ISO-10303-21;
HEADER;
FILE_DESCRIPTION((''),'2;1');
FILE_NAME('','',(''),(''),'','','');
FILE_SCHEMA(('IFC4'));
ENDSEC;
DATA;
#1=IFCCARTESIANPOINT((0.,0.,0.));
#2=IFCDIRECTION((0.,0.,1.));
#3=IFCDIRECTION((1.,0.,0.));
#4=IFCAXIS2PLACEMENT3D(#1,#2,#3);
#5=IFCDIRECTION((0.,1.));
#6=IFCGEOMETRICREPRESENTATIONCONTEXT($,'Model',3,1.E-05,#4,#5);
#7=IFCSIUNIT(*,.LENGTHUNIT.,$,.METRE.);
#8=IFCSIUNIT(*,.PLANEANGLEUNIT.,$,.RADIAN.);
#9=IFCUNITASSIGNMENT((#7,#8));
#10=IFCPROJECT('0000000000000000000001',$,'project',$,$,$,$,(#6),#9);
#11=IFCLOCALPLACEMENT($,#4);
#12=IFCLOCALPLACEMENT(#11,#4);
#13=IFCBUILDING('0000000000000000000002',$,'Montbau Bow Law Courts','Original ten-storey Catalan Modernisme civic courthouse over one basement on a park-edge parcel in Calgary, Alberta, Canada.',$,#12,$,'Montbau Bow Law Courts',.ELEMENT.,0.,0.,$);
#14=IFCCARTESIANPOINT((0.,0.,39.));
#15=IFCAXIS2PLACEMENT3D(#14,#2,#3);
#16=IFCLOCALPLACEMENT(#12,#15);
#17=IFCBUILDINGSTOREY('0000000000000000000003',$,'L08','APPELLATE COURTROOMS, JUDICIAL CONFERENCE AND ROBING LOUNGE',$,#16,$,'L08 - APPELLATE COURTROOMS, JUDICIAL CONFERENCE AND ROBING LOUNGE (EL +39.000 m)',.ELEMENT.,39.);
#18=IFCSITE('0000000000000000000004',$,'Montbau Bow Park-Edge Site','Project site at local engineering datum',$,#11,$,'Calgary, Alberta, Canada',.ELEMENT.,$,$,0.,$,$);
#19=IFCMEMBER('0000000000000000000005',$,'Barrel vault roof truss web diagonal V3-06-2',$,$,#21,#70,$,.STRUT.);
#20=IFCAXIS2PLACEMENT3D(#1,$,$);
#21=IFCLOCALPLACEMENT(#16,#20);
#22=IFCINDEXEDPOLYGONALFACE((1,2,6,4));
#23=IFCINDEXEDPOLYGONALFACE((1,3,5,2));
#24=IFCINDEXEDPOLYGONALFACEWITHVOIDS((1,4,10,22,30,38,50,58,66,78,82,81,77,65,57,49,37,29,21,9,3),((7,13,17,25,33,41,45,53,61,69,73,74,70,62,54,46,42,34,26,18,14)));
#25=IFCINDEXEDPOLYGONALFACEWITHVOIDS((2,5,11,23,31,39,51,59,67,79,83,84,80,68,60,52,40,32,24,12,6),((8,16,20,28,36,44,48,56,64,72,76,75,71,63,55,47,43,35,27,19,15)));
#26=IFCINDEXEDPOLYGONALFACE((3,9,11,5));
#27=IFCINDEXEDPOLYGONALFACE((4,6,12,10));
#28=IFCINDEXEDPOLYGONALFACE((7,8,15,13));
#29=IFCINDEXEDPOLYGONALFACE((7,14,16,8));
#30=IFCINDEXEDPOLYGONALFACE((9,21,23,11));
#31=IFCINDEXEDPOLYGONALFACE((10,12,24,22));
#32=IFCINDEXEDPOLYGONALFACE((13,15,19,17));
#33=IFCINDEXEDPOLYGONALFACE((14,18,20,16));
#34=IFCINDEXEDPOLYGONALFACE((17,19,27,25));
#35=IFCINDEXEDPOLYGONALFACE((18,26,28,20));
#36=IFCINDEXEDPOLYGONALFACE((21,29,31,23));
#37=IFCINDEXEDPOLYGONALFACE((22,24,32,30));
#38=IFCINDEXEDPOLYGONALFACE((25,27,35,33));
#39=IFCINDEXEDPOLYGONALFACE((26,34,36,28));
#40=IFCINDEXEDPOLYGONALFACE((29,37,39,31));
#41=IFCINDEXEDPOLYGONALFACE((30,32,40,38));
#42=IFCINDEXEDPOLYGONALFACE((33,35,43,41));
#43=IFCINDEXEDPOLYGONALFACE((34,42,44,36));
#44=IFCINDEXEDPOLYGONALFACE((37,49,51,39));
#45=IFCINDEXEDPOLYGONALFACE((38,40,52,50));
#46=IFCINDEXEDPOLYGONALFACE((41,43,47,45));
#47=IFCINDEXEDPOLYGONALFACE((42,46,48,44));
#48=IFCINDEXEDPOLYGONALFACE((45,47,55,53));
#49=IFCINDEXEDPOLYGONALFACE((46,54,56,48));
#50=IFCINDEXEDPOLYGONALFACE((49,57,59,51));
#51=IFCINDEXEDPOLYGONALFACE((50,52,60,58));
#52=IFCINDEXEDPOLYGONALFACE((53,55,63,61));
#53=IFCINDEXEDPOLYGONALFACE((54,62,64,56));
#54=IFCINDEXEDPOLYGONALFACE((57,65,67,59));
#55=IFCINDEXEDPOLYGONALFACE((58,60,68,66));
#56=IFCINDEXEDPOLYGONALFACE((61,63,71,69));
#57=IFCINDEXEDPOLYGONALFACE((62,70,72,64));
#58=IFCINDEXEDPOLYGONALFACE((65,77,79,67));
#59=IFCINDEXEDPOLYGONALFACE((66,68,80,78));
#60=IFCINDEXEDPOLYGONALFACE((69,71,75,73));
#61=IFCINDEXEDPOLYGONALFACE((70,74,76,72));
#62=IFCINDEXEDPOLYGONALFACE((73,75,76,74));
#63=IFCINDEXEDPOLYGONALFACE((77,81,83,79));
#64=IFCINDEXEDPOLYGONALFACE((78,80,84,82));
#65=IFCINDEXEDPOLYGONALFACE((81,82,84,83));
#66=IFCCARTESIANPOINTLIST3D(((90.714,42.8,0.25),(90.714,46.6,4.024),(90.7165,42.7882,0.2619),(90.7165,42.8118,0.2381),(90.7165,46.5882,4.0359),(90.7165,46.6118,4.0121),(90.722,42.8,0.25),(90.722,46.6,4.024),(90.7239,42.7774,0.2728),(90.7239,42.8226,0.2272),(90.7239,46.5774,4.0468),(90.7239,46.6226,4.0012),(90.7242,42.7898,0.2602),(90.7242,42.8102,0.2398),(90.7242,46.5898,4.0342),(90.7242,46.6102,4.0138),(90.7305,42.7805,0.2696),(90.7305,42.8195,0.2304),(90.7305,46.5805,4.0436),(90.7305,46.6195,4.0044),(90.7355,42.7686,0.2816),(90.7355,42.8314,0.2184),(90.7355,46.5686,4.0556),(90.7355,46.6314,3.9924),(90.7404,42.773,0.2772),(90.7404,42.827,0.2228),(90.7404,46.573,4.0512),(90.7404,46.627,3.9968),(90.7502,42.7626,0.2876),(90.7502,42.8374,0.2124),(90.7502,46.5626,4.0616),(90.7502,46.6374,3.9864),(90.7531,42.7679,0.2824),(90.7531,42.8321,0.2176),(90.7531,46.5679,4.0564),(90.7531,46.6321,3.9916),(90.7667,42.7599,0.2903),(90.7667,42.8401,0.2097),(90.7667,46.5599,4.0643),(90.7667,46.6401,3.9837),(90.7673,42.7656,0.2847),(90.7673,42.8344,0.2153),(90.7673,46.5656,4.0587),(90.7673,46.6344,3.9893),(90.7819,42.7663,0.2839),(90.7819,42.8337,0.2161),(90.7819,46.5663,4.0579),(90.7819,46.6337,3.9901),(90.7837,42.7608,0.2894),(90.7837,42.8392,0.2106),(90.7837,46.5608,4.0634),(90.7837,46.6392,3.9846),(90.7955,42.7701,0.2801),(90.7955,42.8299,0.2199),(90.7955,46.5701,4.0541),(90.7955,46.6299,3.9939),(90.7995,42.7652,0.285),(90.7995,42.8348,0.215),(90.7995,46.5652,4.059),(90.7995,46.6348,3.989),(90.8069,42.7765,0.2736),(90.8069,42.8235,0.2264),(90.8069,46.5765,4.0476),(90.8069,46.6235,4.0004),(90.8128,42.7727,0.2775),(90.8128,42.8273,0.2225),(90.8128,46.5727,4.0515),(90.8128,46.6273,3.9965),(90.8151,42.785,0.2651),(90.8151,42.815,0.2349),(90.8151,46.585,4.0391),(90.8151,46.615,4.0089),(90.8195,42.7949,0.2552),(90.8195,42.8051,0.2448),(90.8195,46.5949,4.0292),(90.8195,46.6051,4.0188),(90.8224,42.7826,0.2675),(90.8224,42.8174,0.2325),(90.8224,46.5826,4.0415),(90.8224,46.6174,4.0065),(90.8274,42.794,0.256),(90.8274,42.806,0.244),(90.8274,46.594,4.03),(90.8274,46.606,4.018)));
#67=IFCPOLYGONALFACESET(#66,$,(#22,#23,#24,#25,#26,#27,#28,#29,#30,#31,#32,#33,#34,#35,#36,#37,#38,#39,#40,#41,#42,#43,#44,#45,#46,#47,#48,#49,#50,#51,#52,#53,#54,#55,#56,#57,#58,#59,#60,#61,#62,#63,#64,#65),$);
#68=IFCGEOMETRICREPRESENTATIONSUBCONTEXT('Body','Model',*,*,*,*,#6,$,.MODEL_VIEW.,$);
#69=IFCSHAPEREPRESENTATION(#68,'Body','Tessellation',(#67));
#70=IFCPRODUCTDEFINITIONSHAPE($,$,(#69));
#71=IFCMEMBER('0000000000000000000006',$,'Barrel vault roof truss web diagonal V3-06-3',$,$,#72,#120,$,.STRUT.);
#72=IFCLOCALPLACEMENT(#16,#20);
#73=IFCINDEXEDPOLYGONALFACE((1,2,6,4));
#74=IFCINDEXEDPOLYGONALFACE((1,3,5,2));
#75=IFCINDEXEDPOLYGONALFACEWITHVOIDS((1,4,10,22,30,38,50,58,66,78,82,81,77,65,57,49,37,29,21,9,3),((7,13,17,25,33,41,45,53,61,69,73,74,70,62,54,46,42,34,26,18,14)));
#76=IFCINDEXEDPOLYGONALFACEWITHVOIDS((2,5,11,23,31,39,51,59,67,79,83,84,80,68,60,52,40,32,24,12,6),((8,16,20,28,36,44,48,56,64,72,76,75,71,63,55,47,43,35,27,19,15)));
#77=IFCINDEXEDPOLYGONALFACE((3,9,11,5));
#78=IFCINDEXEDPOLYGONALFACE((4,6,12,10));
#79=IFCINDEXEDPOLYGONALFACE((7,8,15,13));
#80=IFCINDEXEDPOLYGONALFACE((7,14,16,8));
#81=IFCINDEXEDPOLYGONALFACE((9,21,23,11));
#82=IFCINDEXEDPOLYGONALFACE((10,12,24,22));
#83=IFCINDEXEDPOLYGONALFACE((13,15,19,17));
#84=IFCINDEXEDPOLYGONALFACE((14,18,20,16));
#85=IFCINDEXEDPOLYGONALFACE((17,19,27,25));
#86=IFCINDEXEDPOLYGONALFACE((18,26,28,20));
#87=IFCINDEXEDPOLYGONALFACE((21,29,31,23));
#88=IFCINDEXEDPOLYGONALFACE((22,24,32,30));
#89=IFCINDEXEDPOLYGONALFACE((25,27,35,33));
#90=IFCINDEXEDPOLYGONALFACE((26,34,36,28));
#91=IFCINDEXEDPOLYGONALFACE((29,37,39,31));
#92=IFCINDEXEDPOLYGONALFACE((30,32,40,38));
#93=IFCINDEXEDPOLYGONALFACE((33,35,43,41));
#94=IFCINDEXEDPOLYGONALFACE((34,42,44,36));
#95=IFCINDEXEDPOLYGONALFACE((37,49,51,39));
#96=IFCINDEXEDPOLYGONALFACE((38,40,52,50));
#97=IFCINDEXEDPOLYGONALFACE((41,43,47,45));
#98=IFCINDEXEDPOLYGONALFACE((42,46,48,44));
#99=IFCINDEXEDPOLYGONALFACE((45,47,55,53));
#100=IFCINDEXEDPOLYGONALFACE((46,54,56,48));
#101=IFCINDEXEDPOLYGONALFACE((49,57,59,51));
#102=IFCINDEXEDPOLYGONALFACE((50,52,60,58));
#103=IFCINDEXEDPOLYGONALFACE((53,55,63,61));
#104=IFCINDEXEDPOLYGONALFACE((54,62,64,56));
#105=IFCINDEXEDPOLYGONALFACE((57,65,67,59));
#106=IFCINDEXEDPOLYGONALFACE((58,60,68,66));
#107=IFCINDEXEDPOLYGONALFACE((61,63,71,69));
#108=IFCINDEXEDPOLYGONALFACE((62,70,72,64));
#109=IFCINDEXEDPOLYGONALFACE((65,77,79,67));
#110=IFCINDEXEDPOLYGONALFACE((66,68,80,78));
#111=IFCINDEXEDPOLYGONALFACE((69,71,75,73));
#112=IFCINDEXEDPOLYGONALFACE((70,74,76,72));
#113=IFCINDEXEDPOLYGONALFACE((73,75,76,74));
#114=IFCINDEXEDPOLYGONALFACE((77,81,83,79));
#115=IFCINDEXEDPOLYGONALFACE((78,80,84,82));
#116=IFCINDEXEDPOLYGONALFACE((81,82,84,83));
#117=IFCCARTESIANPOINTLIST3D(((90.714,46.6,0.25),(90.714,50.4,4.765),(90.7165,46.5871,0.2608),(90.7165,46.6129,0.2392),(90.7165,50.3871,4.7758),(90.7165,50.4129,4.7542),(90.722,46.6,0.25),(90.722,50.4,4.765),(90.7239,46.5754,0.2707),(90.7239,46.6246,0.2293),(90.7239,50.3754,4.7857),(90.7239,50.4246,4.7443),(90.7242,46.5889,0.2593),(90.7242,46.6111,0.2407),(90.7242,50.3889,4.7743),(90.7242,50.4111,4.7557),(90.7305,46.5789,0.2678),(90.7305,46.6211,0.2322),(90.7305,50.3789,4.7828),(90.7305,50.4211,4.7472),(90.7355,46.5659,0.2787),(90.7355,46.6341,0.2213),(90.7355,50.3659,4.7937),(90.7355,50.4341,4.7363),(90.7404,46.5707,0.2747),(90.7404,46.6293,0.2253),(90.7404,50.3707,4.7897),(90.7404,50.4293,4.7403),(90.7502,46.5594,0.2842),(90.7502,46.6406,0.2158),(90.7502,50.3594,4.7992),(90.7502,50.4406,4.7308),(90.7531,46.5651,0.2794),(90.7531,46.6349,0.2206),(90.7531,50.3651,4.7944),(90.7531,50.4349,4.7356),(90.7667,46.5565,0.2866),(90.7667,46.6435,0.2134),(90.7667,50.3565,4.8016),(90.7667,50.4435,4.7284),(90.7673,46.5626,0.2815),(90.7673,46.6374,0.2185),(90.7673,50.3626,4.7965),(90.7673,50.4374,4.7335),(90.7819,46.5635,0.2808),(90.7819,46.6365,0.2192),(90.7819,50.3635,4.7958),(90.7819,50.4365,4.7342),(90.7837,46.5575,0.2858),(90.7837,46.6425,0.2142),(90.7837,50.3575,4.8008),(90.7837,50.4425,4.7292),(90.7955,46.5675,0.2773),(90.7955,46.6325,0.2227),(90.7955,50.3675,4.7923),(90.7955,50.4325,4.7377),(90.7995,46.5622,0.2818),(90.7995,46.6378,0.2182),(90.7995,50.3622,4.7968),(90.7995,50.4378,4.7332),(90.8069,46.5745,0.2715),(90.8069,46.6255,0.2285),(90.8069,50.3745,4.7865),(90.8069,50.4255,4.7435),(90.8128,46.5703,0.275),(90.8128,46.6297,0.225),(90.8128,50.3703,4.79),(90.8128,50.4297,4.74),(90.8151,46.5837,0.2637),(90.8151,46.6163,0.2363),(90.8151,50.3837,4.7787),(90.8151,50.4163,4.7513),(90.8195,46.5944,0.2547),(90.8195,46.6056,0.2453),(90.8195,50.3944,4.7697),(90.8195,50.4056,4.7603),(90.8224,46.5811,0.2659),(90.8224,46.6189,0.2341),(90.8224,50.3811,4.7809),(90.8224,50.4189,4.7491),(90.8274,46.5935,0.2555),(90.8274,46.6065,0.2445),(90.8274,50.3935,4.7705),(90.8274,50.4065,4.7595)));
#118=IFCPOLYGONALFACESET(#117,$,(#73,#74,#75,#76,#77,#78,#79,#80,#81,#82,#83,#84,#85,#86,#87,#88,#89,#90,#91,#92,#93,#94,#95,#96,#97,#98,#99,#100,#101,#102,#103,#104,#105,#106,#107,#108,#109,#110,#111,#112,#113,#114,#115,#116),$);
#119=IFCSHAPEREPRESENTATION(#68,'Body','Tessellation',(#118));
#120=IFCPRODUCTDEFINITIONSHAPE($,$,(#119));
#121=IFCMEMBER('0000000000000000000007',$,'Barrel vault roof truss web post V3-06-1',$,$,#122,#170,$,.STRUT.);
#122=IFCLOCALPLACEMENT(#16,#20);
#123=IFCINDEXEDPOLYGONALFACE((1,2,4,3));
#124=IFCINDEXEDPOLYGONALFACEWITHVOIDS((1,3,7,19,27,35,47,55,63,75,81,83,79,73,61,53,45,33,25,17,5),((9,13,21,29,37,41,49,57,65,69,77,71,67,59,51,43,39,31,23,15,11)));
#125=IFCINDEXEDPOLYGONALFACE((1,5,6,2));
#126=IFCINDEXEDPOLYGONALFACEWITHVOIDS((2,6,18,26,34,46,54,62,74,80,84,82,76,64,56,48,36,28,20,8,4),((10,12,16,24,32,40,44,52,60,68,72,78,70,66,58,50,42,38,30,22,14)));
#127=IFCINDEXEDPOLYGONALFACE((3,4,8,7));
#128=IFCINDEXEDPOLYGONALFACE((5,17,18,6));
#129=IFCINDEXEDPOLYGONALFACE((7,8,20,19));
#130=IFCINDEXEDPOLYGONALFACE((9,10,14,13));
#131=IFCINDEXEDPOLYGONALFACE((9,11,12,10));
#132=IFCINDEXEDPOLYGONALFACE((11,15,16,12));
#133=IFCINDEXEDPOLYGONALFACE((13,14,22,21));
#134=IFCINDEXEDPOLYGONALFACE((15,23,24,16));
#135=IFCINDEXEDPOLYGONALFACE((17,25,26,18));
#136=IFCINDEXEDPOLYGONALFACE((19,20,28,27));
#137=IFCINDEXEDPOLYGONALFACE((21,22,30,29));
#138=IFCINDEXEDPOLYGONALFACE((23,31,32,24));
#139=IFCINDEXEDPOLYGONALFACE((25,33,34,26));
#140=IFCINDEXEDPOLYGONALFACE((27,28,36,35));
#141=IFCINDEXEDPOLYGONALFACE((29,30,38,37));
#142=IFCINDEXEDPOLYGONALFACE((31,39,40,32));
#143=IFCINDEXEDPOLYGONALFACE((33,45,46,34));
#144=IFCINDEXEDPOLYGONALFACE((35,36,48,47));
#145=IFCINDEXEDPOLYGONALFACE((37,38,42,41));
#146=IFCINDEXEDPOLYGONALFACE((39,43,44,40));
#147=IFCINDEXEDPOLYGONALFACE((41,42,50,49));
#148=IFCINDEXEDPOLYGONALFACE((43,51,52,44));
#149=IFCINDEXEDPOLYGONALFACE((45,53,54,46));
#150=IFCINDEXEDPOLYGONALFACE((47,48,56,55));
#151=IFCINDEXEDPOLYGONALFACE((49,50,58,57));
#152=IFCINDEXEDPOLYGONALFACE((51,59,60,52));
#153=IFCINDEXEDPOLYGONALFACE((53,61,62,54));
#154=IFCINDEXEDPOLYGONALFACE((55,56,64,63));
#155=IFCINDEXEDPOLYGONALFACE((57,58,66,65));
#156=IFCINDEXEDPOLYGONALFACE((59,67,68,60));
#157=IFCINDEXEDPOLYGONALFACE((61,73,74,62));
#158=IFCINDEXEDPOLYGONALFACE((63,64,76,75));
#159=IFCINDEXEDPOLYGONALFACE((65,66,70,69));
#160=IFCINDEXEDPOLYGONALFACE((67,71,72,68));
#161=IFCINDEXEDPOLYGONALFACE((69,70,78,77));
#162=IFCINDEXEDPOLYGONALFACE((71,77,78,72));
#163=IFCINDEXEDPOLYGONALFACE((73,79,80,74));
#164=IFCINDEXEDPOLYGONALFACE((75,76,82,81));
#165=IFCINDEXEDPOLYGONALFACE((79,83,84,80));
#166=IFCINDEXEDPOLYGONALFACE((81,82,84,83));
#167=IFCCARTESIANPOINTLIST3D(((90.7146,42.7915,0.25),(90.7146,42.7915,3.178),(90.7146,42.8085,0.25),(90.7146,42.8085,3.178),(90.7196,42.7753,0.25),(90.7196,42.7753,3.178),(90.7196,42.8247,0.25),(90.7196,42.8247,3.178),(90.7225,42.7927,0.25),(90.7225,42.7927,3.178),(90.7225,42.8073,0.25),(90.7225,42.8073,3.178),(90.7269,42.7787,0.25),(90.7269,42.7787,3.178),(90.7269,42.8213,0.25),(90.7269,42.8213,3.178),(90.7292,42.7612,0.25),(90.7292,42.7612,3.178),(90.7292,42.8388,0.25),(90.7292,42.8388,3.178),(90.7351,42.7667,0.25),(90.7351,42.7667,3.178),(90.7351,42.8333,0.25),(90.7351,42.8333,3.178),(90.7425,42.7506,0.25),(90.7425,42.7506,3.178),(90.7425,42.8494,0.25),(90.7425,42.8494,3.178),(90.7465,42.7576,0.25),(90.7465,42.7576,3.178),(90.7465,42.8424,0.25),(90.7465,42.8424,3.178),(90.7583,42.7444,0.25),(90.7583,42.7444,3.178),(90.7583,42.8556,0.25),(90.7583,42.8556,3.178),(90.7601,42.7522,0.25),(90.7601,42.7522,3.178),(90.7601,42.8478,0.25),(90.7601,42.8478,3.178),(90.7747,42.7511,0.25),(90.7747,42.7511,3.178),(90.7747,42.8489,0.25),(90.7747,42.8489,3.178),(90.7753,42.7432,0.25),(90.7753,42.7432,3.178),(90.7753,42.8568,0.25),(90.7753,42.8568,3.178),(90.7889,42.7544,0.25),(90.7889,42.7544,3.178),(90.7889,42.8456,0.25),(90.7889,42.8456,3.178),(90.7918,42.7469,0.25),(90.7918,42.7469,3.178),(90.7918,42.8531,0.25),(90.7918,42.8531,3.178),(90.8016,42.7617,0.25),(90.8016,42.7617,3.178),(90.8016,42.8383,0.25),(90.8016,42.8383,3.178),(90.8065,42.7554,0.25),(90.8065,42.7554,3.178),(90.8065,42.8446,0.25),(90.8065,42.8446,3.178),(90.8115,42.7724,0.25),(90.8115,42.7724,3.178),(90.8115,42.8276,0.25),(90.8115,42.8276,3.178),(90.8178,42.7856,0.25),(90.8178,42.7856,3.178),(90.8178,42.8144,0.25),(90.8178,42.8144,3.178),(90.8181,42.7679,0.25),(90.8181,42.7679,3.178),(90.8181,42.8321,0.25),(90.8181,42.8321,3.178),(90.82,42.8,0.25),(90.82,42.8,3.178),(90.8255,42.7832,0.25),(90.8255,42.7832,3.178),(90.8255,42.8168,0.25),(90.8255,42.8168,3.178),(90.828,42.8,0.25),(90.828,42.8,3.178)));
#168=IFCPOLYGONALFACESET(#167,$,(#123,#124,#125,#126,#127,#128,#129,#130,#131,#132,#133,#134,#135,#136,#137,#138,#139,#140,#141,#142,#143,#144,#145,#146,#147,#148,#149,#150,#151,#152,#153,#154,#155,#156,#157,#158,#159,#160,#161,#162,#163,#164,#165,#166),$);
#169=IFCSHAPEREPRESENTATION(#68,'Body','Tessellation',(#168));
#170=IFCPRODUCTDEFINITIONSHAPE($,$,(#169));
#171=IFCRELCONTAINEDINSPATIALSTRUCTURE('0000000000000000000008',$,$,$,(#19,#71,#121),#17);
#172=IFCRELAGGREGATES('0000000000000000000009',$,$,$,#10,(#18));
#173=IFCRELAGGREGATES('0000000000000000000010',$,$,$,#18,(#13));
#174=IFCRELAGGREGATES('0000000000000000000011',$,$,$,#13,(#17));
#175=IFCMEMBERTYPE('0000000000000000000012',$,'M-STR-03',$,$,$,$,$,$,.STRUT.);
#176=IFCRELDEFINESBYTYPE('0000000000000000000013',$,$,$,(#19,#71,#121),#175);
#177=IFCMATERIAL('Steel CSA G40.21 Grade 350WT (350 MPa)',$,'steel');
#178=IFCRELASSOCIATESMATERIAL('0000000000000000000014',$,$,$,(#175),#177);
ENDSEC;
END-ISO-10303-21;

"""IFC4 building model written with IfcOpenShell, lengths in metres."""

from ifc_helpers import new_model, si_unit, direction, frame, origin_with_axes, origin_2d_with_axis, place, context, subcontext, project, spatial, hollow_circle, extrude, material, material_profile, profile_set, type_object, element, save


model = new_model("IFC4")

# Units and contexts
model_context = context("Model", 3, precision=1e-05, world=origin_with_axes(), true_north=direction((0.0, 1.0)))
body_context = subcontext(model_context, "Body", "Model", "MODEL_VIEW")
ifc_project = project(units=[si_unit("LENGTHUNIT", "METRE"), si_unit("PLANEANGLEUNIT", "RADIAN")], contexts=[model_context])

# Site, building, storey
site_placement = place(None, origin_with_axes())
site = spatial("IfcSite", under=ifc_project, at=site_placement, Name="Montbau Bow Park-Edge Site", Description="Project site at local engineering datum", LongName="Calgary, Alberta, Canada", CompositionType="ELEMENT", RefElevation=0.0)
building_placement = place(site_placement, origin_with_axes())
building = spatial("IfcBuilding", under=site, at=building_placement, Name="Montbau Bow Law Courts", Description="Original ten-storey Catalan Modernisme civic courthouse over one basement on a park-edge parcel in Calgary, Alberta, Canada.", LongName="Montbau Bow Law Courts", CompositionType="ELEMENT", ElevationOfRefHeight=0.0, ElevationOfTerrain=0.0)
storey_placement = place(building_placement, frame((0.0, 0.0, 39.0), z_axis=(0.0, 0.0, 1.0), x_axis=(1.0, 0.0, 0.0)))
storey = spatial("IfcBuildingStorey", under=building, at=storey_placement, Name="L08", Description="APPELLATE COURTROOMS, JUDICIAL CONFERENCE AND ROBING LOUNGE", LongName="L08 - APPELLATE COURTROOMS, JUDICIAL CONFERENCE AND ROBING LOUNGE (EL +39.000 m)", CompositionType="ELEMENT", Elevation=39.0)

# Shared definitions
ifc_material_1 = material(Name="Steel CSA G40.21 Grade 350WT (350 MPa)", Category="steel")

# Members
ifc_material_profile_1 = material_profile(ifc_material_1, hollow_circle(Radius=0.057, WallThickness=0.008, at=origin_2d_with_axis()), Name="HSS114X8.0", Category="Main", Priority=0)
ifc_profile_set_1 = profile_set([ifc_material_profile_1], Name="Steel CSA G40.21 Grade 350WT (350 MPa)")
member_type_1 = type_object("IfcMemberType", Name="M-STR-03", PredefinedType="STRUT", material=ifc_profile_set_1)
member_1_placement = place(None, frame((90.771, 42.8, 39.25), z_axis=(0.0, 0.70953, 0.704675), x_axis=(-1.0, 0.0, 0.0)))
element("IfcMember", 1, at=member_1_placement, inside=storey, type_object=member_type_1, Name="Barrel vault roof truss web diagonal V3-06-2", PredefinedType="STRUT", context=body_context, shape_type="SweptSolid", body=[
    extrude(hollow_circle(Radius=0.057, WallThickness=0.008, at=origin_2d_with_axis()), origin_with_axes(), (0.0, 0.0, 1.0), 5.3557),
])
member_2_placement = place(None, frame((90.771, 46.6, 39.25), z_axis=(0.0, 0.643927, 0.765087), x_axis=(-1.0, 0.0, 0.0)))
element("IfcMember", 2, at=member_2_placement, inside=storey, type_object=member_type_1, Name="Barrel vault roof truss web diagonal V3-06-3", PredefinedType="STRUT", context=body_context, shape_type="SweptSolid", body=[
    extrude(hollow_circle(Radius=0.057, WallThickness=0.008, at=origin_2d_with_axis()), origin_with_axes(), (0.0, 0.0, 1.0), 5.9013),
])
member_3_placement = place(None, frame((90.771, 42.8, 39.25), z_axis=(0.0, 0.0, 1.0), x_axis=(1.0, 0.0, 0.0)))
element("IfcMember", 3, at=member_3_placement, inside=storey, type_object=member_type_1, Name="Barrel vault roof truss web post V3-06-1", PredefinedType="STRUT", context=body_context, shape_type="SweptSolid", body=[
    extrude(hollow_circle(Radius=0.057, WallThickness=0.008, at=origin_2d_with_axis()), origin_with_axes(), (0.0, 0.0, 1.0), 2.928),
])

save(model, "model.ifc")
